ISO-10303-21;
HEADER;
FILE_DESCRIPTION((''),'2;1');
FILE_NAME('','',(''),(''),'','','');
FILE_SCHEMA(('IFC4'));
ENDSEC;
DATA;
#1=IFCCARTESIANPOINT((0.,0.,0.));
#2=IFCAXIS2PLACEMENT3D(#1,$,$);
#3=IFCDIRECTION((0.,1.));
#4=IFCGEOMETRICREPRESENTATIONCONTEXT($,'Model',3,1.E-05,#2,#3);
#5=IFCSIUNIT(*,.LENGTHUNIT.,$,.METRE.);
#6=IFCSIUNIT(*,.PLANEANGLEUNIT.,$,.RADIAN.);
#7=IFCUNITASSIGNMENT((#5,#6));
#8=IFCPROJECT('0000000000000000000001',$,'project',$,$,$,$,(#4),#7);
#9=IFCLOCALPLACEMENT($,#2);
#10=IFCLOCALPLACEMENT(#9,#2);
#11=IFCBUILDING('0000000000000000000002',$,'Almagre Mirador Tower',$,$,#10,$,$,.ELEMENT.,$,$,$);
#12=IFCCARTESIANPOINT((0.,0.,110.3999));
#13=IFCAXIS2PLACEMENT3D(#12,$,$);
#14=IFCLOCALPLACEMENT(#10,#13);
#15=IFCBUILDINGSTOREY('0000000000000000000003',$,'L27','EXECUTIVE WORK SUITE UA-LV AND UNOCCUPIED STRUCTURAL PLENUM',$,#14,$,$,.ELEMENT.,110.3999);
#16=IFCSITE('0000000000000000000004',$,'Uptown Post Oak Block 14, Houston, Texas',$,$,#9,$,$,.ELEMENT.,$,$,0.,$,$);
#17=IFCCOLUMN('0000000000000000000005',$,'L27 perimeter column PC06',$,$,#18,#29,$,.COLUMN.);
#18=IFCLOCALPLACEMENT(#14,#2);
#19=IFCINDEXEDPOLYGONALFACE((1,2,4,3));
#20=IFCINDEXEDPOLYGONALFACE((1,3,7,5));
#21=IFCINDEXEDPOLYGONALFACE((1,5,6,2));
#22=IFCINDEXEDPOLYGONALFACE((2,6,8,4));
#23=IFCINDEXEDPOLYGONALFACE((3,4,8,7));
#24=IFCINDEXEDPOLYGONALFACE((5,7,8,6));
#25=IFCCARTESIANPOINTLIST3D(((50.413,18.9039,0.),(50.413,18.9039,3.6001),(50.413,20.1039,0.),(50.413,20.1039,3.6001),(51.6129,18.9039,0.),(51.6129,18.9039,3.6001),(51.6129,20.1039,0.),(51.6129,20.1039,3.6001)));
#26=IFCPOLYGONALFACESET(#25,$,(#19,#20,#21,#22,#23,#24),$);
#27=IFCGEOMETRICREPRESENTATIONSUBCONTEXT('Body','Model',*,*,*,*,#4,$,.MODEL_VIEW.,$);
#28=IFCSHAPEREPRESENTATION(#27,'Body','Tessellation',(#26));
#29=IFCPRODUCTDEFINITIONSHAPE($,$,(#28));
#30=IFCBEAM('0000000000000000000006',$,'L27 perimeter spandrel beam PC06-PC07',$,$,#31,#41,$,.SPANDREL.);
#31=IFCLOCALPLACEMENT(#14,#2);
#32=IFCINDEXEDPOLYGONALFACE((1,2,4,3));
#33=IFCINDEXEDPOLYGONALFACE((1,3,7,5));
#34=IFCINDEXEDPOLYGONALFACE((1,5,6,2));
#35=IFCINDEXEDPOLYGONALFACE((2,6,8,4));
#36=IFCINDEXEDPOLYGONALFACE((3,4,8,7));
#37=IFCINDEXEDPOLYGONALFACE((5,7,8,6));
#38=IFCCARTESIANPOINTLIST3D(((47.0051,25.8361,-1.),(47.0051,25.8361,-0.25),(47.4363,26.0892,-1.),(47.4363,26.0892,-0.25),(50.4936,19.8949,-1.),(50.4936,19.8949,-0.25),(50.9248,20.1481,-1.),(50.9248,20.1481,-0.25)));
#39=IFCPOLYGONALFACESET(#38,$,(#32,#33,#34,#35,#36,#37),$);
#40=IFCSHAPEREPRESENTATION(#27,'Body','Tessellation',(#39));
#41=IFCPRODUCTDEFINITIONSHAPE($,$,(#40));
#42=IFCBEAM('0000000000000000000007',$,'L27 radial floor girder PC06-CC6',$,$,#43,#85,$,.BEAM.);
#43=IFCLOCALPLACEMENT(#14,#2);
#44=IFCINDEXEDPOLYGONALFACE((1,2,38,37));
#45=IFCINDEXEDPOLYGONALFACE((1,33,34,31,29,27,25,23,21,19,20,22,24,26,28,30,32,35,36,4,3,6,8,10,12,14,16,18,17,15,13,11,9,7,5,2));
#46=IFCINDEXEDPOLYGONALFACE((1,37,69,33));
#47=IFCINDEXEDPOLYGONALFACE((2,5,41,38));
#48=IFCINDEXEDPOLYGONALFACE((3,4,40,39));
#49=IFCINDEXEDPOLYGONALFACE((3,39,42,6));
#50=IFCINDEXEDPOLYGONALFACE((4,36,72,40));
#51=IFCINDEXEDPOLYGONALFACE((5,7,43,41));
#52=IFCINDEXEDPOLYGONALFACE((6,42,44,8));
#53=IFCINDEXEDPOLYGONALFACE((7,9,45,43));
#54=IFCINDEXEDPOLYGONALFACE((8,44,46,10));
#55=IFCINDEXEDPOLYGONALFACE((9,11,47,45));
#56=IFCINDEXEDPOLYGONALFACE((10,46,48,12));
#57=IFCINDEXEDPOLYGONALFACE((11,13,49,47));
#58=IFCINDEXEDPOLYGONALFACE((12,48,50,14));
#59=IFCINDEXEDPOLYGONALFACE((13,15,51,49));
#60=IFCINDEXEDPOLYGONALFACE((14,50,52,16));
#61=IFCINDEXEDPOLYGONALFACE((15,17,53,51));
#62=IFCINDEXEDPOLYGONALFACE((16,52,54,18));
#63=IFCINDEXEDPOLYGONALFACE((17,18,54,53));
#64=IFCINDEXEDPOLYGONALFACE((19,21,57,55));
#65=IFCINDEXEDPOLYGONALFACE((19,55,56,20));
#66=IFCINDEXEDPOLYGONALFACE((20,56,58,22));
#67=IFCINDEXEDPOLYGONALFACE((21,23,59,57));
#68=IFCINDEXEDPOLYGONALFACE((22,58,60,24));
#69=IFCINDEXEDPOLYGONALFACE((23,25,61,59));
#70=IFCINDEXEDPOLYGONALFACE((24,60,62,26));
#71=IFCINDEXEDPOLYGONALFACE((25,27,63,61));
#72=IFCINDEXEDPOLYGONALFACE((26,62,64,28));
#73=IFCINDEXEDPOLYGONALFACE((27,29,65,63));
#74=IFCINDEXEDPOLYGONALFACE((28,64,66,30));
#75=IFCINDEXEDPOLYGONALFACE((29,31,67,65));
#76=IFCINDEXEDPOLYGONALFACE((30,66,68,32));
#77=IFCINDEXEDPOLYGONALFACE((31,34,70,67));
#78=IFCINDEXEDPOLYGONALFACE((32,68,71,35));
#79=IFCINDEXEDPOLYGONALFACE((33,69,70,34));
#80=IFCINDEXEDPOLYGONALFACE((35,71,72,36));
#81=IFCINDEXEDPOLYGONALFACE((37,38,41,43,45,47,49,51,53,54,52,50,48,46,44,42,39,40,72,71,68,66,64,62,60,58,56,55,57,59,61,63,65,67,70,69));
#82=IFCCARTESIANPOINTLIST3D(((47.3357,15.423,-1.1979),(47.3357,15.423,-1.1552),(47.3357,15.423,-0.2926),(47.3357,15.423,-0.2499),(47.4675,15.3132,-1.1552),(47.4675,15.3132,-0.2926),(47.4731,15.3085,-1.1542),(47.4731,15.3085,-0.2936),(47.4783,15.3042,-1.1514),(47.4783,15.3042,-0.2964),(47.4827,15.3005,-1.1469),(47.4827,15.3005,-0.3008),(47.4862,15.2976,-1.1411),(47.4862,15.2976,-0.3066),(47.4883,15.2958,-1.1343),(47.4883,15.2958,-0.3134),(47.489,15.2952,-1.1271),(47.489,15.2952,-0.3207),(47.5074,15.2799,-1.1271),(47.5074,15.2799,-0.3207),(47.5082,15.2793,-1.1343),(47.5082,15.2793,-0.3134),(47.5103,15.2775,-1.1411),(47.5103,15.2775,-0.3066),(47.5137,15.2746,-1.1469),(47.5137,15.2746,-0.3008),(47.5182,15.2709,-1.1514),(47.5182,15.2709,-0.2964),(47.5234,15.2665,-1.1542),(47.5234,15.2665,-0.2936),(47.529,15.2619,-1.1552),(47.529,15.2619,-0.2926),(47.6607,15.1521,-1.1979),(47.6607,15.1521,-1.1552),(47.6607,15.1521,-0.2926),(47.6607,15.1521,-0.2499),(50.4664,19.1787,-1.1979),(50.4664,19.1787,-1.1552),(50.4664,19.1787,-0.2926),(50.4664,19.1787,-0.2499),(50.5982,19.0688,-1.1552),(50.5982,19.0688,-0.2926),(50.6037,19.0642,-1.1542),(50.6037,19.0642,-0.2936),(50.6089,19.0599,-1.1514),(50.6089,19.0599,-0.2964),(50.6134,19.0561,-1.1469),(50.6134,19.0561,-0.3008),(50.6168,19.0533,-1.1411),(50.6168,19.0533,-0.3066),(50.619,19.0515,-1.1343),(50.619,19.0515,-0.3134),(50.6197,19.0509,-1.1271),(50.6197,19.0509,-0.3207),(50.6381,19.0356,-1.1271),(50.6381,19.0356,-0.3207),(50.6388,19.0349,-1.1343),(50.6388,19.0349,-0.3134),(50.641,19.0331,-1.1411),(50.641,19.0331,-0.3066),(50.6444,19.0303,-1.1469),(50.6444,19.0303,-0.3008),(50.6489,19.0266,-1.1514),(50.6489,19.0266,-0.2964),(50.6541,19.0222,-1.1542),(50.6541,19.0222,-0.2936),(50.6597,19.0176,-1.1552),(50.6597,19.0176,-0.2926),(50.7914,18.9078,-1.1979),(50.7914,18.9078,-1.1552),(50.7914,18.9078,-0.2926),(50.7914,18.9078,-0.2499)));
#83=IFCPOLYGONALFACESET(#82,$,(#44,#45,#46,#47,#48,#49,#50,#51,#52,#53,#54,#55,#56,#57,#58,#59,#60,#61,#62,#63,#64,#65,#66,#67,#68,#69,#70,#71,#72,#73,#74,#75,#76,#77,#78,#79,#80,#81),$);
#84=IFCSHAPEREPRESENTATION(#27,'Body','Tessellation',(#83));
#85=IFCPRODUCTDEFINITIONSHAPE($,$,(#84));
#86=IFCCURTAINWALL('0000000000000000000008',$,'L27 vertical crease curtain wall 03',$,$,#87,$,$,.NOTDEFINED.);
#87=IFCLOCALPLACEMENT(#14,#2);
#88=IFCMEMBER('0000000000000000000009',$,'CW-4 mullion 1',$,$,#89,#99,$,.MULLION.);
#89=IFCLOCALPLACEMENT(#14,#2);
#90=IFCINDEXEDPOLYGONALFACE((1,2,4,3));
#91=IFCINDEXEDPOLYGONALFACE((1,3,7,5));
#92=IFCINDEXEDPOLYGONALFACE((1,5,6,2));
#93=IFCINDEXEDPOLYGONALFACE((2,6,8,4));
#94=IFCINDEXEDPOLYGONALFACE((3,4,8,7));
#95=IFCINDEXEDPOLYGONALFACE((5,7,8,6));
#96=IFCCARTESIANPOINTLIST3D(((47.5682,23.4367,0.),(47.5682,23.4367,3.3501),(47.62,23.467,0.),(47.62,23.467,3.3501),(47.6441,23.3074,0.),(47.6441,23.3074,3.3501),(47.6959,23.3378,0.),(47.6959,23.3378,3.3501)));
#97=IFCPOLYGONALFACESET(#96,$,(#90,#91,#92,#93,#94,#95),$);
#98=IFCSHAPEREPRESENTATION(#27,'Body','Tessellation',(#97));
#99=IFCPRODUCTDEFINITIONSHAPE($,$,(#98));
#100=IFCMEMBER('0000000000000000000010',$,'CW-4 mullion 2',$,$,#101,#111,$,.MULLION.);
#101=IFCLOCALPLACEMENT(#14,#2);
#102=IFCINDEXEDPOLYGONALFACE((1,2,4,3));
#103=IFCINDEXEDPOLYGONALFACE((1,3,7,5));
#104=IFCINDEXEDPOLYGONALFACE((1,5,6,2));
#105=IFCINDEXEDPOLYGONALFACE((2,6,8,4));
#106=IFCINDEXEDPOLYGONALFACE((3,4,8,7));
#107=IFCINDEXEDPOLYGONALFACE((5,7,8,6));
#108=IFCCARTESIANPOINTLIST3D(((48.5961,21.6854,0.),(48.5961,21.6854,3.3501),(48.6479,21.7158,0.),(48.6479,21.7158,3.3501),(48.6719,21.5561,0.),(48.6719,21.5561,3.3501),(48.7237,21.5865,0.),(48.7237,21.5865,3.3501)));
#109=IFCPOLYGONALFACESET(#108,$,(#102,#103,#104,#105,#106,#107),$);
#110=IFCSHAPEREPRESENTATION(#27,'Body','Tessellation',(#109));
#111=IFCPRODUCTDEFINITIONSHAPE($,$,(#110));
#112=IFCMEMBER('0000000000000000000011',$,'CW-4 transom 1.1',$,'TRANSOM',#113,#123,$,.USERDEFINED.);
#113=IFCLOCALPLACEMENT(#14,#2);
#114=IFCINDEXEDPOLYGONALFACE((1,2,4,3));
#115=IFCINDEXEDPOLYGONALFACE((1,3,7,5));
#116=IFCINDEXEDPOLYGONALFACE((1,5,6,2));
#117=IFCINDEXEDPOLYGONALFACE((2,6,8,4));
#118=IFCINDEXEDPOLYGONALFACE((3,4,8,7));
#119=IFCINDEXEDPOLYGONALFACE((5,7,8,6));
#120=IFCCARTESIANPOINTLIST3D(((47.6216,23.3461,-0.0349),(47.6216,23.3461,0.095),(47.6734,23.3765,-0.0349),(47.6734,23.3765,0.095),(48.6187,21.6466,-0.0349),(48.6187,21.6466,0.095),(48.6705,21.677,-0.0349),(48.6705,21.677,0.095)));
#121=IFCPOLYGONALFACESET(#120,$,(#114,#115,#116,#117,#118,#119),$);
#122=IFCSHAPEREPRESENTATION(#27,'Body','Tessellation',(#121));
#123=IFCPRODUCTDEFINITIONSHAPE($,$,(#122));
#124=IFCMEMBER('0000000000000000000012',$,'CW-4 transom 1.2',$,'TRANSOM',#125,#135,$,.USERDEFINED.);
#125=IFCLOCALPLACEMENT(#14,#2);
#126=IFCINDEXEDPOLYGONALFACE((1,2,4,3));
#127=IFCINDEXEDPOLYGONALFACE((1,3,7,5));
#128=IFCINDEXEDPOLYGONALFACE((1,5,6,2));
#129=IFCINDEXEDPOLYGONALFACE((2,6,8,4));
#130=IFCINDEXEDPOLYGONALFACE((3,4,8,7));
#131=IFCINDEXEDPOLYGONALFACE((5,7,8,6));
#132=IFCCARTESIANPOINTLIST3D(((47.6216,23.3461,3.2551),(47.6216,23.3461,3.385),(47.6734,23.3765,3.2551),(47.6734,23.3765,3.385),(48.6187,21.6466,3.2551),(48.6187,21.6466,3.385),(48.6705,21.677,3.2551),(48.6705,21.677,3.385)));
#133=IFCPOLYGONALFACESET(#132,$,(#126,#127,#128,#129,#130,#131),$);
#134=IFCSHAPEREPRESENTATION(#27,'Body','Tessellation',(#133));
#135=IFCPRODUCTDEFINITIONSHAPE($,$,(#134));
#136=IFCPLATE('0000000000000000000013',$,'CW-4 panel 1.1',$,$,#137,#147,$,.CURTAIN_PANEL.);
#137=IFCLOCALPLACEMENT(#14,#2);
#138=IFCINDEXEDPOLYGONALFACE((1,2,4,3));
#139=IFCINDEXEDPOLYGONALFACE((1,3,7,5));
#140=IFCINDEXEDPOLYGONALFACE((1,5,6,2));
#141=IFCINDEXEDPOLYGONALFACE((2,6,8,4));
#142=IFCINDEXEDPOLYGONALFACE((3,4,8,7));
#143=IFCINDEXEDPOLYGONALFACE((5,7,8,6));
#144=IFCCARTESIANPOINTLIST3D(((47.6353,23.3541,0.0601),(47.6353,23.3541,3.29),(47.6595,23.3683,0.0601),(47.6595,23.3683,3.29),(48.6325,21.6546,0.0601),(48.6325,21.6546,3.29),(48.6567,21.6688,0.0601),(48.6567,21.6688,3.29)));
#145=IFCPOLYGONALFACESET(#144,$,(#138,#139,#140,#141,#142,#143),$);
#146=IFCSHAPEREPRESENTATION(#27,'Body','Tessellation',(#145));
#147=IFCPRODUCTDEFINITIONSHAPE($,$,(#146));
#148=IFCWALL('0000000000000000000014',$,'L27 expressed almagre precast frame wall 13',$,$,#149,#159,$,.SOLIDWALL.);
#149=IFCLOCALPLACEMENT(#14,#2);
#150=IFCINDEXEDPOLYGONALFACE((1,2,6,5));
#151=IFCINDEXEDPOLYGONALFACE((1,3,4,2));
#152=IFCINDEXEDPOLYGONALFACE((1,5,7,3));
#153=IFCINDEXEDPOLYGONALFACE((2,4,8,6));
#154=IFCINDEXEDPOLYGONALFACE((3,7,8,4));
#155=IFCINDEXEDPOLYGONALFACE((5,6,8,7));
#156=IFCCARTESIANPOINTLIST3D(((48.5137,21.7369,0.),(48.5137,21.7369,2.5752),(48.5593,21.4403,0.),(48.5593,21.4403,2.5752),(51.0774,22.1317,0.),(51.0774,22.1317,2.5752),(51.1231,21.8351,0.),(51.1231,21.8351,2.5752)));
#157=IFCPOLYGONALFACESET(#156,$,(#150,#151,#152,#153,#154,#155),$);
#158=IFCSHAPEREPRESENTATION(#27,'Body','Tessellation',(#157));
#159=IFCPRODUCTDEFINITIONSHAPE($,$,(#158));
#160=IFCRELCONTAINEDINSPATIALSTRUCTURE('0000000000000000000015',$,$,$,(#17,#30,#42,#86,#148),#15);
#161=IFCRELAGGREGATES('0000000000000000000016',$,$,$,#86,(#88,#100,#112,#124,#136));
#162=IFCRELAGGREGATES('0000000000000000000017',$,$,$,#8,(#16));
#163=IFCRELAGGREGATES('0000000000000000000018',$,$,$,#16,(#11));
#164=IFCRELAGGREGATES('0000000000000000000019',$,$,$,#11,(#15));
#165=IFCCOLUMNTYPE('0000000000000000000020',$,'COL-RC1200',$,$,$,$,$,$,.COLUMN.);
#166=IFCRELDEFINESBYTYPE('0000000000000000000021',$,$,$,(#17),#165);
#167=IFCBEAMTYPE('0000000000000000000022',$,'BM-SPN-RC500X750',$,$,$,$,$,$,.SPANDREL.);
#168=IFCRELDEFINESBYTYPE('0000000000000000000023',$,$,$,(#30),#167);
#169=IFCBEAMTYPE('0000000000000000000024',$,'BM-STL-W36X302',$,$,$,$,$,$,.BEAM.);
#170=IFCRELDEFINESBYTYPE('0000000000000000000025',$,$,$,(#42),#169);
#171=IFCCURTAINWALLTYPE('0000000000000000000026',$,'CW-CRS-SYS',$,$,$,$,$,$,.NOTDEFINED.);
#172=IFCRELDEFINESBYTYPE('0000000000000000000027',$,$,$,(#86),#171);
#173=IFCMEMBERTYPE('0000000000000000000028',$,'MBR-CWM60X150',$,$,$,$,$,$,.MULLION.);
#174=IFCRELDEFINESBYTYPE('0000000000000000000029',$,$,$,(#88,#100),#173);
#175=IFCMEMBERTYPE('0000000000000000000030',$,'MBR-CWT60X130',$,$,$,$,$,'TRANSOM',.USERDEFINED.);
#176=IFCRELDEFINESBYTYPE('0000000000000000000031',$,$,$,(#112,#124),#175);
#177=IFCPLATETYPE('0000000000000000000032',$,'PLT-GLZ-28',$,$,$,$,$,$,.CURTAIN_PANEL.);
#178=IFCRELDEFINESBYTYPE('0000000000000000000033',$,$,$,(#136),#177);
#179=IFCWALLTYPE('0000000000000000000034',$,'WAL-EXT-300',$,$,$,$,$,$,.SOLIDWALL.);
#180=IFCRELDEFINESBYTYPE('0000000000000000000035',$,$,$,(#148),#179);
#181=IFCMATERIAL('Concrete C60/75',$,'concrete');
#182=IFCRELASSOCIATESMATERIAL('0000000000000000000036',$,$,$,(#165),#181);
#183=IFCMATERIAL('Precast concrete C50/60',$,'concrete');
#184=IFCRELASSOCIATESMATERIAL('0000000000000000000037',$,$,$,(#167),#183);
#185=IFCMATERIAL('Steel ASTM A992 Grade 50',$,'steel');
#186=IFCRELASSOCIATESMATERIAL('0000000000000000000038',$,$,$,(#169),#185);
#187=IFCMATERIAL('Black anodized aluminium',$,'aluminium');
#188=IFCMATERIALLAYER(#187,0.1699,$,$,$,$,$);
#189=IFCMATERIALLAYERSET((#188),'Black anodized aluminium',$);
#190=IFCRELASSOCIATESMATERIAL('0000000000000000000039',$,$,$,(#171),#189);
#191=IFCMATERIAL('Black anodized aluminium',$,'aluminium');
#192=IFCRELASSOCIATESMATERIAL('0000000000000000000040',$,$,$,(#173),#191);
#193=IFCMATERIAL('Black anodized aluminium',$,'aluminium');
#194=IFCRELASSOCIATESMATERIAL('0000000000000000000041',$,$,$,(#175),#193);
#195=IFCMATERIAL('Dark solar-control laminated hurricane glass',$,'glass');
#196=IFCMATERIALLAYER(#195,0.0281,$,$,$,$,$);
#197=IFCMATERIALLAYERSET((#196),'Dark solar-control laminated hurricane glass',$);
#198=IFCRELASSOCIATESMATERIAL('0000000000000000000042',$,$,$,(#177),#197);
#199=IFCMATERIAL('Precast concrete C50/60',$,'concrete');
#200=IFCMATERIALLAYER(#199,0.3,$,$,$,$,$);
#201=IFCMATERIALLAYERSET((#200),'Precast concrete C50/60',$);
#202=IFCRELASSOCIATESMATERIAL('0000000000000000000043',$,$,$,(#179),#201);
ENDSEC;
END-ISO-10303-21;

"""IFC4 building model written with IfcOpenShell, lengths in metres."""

from ifc_helpers import new_model, si_unit, direction, frame, frame_2d, origin, origin_2d, place, context, subcontext, project, spatial, rectangle, i_section, extrude, material, layer, layer_set, material_profile, profile_set, type_object, element, aggregate, save


model = new_model("IFC4")

# Units and contexts
model_context = context("Model", 3, precision=1e-05, world=origin(), true_north=direction((0.0, 1.0)))
body_context = subcontext(model_context, "Body", "Model", "MODEL_VIEW")
ifc_project = project(units=[si_unit("LENGTHUNIT", "METRE"), si_unit("PLANEANGLEUNIT", "RADIAN")], contexts=[model_context])

# Site, building, storey
site_placement = place(None, origin())
site = spatial("IfcSite", under=ifc_project, at=site_placement, Name="Uptown Post Oak Block 14, Houston, Texas", CompositionType="ELEMENT", RefElevation=0.0)
building_placement = place(site_placement, origin())
building = spatial("IfcBuilding", under=site, at=building_placement, Name="Almagre Mirador Tower", CompositionType="ELEMENT")
storey_placement = place(building_placement, frame((0.0, 0.0, 110.3999)))
storey = spatial("IfcBuildingStorey", under=building, at=storey_placement, Name="L27", Description="EXECUTIVE WORK SUITE UA-LV AND UNOCCUPIED STRUCTURAL PLENUM", CompositionType="ELEMENT", Elevation=110.3999)

# Column
ifc_material_1 = material(Name="Concrete C60/75", Category="concrete")
ifc_material_profile_1 = material_profile(ifc_material_1, rectangle(XDim=1.2, YDim=1.2, at=origin_2d()), Name="RC1200X1200")
ifc_profile_set_1 = profile_set([ifc_material_profile_1], Name="Concrete C60/75")
column_type = type_object("IfcColumnType", Name="COL-RC1200", PredefinedType="COLUMN", material=ifc_profile_set_1)
column_placement = place(storey_placement, frame((51.0129, 19.5039, 0.0), z_axis=(0.0, 0.0, 1.0), x_axis=(1.0, 0.0, 0.0)))
element("IfcColumn", 1, at=column_placement, inside=storey, type_object=column_type, Name="L27 perimeter column PC06", PredefinedType="COLUMN", context=body_context, shape_type="SweptSolid", body=[
    extrude(rectangle(XDim=1.2, YDim=1.2, at=origin_2d()), origin(), (0.0, 0.0, 1.0), 3.6001),
])

# Beams
ifc_material_2 = material(Name="Precast concrete C50/60", Category="concrete")
ifc_material_profile_2 = material_profile(ifc_material_2, rectangle(XDim=0.5, YDim=0.75, at=origin_2d()), Name="RC500X750")
ifc_profile_set_2 = profile_set([ifc_material_profile_2], Name="Precast concrete C50/60")
beam_type_1 = type_object("IfcBeamType", Name="BM-SPN-RC500X750", PredefinedType="SPANDREL", material=ifc_profile_set_2)
beam_1_placement = place(storey_placement, frame((50.7092, 20.0215, -0.625), z_axis=(-0.506343, 0.862332, 0.0), x_axis=(-0.862332, -0.506343, 0.0)))
element("IfcBeam", 2, at=beam_1_placement, inside=storey, type_object=beam_type_1, Name="L27 perimeter spandrel beam PC06-PC07", PredefinedType="SPANDREL", context=body_context, shape_type="SweptSolid", body=[
    extrude(rectangle(XDim=0.5, YDim=0.75, at=origin_2d()), origin(), (0.0, 0.0, 1.0), 6.8896),
])
ifc_material_3 = material(Name="Steel ASTM A992 Grade 50", Category="steel")
ifc_material_profile_3 = material_profile(ifc_material_3, i_section(OverallWidth=0.4231, OverallDepth=0.948, WebThickness=0.0239, FlangeThickness=0.0427, FilletRadius=0.0281, at=origin_2d()), Name="W36X302")
ifc_profile_set_3 = profile_set([ifc_material_profile_3], Name="Steel ASTM A992 Grade 50")
beam_type_2 = type_object("IfcBeamType", Name="BM-STL-W36X302", PredefinedType="BEAM", material=ifc_profile_set_3)
beam_2_placement = place(storey_placement, frame((50.6289, 19.0432, -0.7239), z_axis=(-0.640297, -0.768127, 0.0), x_axis=(0.768127, -0.640297, 0.0)))
element("IfcBeam", 3, at=beam_2_placement, inside=storey, type_object=beam_type_2, Name="L27 radial floor girder PC06-CC6", PredefinedType="BEAM", context=body_context, shape_type="SweptSolid", body=[
    extrude(i_section(OverallWidth=0.4231, OverallDepth=0.948, WebThickness=0.0239, FlangeThickness=0.0427, FilletRadius=0.0281, at=origin_2d()), origin(), (0.0, 0.0, 1.0), 4.8894),
])

# Curtain wall, members, plate
ifc_material_4 = material(Name="Black anodized aluminium", Category="aluminium")
ifc_layer_1 = layer(ifc_material_4, 0.1699)
ifc_layer_set_1 = layer_set([ifc_layer_1], Name="Black anodized aluminium")
curtain_wall_type = type_object("IfcCurtainWallType", Name="CW-CRS-SYS", PredefinedType="NOTDEFINED", material=ifc_layer_set_1)
curtain_wall_placement = place(storey_placement, origin())
curtain_wall = element("IfcCurtainWall", 4, at=curtain_wall_placement, inside=storey, type_object=curtain_wall_type, Name="L27 vertical crease curtain wall 03", PredefinedType="NOTDEFINED")
ifc_material_5 = material(Name="Black anodized aluminium", Category="aluminium")
ifc_material_profile_4 = material_profile(ifc_material_5, rectangle(XDim=0.0601, YDim=0.1499, at=origin_2d()), Name="CWM60X150")
ifc_profile_set_4 = profile_set([ifc_material_profile_4], Name="Black anodized aluminium")
member_type_1 = type_object("IfcMemberType", Name="MBR-CWM60X150", PredefinedType="MULLION", material=ifc_profile_set_4)
member_1_placement = place(storey_placement, frame((47.6321, 23.3872, 0.0), z_axis=(0.0, 0.0, 1.0), x_axis=(0.862475, 0.5061, 0.0)))
member_1 = element("IfcMember", 5, at=member_1_placement, type_object=member_type_1, Name="CW-4 mullion 1", PredefinedType="MULLION", context=body_context, shape_type="SweptSolid", body=[
    extrude(rectangle(XDim=0.0601, YDim=0.1499, at=origin_2d()), origin(), (0.0, 0.0, 1.0), 3.3501),
])
member_2_placement = place(storey_placement, frame((48.6599, 21.636, 0.0), z_axis=(0.0, 0.0, 1.0), x_axis=(0.862475, 0.5061, 0.0)))
member_2 = element("IfcMember", 6, at=member_2_placement, type_object=member_type_1, Name="CW-4 mullion 2", PredefinedType="MULLION", context=body_context, shape_type="SweptSolid", body=[
    extrude(rectangle(XDim=0.0601, YDim=0.1499, at=origin_2d()), origin(), (0.0, 0.0, 1.0), 3.3501),
])
ifc_material_6 = material(Name="Black anodized aluminium", Category="aluminium")
ifc_material_profile_5 = material_profile(ifc_material_6, rectangle(XDim=0.0601, YDim=0.1299, at=origin_2d()), Name="CWT60X130")
ifc_profile_set_5 = profile_set([ifc_material_profile_5], Name="Black anodized aluminium")
member_type_2 = type_object("IfcMemberType", Name="MBR-CWT60X130", ElementType="TRANSOM", PredefinedType="USERDEFINED", material=ifc_profile_set_5)
member_3_placement = place(storey_placement, frame((47.6475, 23.3613, 0.03), z_axis=(0.506034, -0.862513, 0.0), x_axis=(0.862513, 0.506034, 0.0)))
member_3 = element("IfcMember", 7, at=member_3_placement, type_object=member_type_2, Name="CW-4 transom 1.1", ObjectType="TRANSOM", PredefinedType="USERDEFINED", context=body_context, shape_type="SweptSolid", body=[
    extrude(rectangle(XDim=0.0601, YDim=0.1299, at=origin_2d()), origin(), (0.0, 0.0, 1.0), 1.9705),
])
member_4_placement = place(storey_placement, frame((47.6475, 23.3613, 3.3201), z_axis=(0.506034, -0.862513, 0.0), x_axis=(0.862513, 0.506034, 0.0)))
member_4 = element("IfcMember", 8, at=member_4_placement, type_object=member_type_2, Name="CW-4 transom 1.2", ObjectType="TRANSOM", PredefinedType="USERDEFINED", context=body_context, shape_type="SweptSolid", body=[
    extrude(rectangle(XDim=0.0601, YDim=0.1299, at=origin_2d()), origin(), (0.0, 0.0, 1.0), 1.9705),
])
ifc_material_7 = material(Name="Dark solar-control laminated hurricane glass", Category="glass")
ifc_layer_2 = layer(ifc_material_7, 0.0281)
ifc_layer_set_2 = layer_set([ifc_layer_2], Name="Dark solar-control laminated hurricane glass")
plate_type = type_object("IfcPlateType", Name="PLT-GLZ-28", PredefinedType="CURTAIN_PANEL", material=ifc_layer_set_2)
plate_placement = place(storey_placement, frame((48.146, 22.5115, 0.0601), z_axis=(0.0, 0.0, 1.0), x_axis=(0.5061, -0.862475, 0.0)))
plate = element("IfcPlate", 9, at=plate_placement, type_object=plate_type, Name="CW-4 panel 1.1", PredefinedType="CURTAIN_PANEL", context=body_context, shape_type="SweptSolid", body=[
    extrude(rectangle(XDim=1.9705, YDim=0.0281, at=origin_2d()), origin(), (0.0, 0.0, 1.0), 3.23),
])
aggregate(curtain_wall, [member_1, member_2, member_3, member_4, plate])

# Wall
ifc_material_8 = material(Name="Precast concrete C50/60", Category="concrete")
ifc_layer_3 = layer(ifc_material_8, 0.3)
ifc_layer_set_3 = layer_set([ifc_layer_3], Name="Precast concrete C50/60")
wall_type_1 = type_object("IfcWallType", Name="WAL-EXT-300", PredefinedType="SOLIDWALL", material=ifc_layer_set_3)
wall_1_placement = place(storey_placement, frame((48.5366, 21.5886, 0.0), z_axis=(0.0, 0.0, 1.0), x_axis=(0.988351, 0.152192, 0.0)))
element("IfcWall", 10, at=wall_1_placement, inside=storey, type_object=wall_type_1, Name="L27 expressed almagre precast frame wall 13", PredefinedType="SOLIDWALL", context=body_context, shape_type="SweptSolid", body=[
    extrude(rectangle(XDim=2.594, YDim=0.3, at=frame_2d((1.2969, 0.0))), origin(), (0.0, 0.0, 1.0), 2.5752),
])

save(model, "model.ifc")
